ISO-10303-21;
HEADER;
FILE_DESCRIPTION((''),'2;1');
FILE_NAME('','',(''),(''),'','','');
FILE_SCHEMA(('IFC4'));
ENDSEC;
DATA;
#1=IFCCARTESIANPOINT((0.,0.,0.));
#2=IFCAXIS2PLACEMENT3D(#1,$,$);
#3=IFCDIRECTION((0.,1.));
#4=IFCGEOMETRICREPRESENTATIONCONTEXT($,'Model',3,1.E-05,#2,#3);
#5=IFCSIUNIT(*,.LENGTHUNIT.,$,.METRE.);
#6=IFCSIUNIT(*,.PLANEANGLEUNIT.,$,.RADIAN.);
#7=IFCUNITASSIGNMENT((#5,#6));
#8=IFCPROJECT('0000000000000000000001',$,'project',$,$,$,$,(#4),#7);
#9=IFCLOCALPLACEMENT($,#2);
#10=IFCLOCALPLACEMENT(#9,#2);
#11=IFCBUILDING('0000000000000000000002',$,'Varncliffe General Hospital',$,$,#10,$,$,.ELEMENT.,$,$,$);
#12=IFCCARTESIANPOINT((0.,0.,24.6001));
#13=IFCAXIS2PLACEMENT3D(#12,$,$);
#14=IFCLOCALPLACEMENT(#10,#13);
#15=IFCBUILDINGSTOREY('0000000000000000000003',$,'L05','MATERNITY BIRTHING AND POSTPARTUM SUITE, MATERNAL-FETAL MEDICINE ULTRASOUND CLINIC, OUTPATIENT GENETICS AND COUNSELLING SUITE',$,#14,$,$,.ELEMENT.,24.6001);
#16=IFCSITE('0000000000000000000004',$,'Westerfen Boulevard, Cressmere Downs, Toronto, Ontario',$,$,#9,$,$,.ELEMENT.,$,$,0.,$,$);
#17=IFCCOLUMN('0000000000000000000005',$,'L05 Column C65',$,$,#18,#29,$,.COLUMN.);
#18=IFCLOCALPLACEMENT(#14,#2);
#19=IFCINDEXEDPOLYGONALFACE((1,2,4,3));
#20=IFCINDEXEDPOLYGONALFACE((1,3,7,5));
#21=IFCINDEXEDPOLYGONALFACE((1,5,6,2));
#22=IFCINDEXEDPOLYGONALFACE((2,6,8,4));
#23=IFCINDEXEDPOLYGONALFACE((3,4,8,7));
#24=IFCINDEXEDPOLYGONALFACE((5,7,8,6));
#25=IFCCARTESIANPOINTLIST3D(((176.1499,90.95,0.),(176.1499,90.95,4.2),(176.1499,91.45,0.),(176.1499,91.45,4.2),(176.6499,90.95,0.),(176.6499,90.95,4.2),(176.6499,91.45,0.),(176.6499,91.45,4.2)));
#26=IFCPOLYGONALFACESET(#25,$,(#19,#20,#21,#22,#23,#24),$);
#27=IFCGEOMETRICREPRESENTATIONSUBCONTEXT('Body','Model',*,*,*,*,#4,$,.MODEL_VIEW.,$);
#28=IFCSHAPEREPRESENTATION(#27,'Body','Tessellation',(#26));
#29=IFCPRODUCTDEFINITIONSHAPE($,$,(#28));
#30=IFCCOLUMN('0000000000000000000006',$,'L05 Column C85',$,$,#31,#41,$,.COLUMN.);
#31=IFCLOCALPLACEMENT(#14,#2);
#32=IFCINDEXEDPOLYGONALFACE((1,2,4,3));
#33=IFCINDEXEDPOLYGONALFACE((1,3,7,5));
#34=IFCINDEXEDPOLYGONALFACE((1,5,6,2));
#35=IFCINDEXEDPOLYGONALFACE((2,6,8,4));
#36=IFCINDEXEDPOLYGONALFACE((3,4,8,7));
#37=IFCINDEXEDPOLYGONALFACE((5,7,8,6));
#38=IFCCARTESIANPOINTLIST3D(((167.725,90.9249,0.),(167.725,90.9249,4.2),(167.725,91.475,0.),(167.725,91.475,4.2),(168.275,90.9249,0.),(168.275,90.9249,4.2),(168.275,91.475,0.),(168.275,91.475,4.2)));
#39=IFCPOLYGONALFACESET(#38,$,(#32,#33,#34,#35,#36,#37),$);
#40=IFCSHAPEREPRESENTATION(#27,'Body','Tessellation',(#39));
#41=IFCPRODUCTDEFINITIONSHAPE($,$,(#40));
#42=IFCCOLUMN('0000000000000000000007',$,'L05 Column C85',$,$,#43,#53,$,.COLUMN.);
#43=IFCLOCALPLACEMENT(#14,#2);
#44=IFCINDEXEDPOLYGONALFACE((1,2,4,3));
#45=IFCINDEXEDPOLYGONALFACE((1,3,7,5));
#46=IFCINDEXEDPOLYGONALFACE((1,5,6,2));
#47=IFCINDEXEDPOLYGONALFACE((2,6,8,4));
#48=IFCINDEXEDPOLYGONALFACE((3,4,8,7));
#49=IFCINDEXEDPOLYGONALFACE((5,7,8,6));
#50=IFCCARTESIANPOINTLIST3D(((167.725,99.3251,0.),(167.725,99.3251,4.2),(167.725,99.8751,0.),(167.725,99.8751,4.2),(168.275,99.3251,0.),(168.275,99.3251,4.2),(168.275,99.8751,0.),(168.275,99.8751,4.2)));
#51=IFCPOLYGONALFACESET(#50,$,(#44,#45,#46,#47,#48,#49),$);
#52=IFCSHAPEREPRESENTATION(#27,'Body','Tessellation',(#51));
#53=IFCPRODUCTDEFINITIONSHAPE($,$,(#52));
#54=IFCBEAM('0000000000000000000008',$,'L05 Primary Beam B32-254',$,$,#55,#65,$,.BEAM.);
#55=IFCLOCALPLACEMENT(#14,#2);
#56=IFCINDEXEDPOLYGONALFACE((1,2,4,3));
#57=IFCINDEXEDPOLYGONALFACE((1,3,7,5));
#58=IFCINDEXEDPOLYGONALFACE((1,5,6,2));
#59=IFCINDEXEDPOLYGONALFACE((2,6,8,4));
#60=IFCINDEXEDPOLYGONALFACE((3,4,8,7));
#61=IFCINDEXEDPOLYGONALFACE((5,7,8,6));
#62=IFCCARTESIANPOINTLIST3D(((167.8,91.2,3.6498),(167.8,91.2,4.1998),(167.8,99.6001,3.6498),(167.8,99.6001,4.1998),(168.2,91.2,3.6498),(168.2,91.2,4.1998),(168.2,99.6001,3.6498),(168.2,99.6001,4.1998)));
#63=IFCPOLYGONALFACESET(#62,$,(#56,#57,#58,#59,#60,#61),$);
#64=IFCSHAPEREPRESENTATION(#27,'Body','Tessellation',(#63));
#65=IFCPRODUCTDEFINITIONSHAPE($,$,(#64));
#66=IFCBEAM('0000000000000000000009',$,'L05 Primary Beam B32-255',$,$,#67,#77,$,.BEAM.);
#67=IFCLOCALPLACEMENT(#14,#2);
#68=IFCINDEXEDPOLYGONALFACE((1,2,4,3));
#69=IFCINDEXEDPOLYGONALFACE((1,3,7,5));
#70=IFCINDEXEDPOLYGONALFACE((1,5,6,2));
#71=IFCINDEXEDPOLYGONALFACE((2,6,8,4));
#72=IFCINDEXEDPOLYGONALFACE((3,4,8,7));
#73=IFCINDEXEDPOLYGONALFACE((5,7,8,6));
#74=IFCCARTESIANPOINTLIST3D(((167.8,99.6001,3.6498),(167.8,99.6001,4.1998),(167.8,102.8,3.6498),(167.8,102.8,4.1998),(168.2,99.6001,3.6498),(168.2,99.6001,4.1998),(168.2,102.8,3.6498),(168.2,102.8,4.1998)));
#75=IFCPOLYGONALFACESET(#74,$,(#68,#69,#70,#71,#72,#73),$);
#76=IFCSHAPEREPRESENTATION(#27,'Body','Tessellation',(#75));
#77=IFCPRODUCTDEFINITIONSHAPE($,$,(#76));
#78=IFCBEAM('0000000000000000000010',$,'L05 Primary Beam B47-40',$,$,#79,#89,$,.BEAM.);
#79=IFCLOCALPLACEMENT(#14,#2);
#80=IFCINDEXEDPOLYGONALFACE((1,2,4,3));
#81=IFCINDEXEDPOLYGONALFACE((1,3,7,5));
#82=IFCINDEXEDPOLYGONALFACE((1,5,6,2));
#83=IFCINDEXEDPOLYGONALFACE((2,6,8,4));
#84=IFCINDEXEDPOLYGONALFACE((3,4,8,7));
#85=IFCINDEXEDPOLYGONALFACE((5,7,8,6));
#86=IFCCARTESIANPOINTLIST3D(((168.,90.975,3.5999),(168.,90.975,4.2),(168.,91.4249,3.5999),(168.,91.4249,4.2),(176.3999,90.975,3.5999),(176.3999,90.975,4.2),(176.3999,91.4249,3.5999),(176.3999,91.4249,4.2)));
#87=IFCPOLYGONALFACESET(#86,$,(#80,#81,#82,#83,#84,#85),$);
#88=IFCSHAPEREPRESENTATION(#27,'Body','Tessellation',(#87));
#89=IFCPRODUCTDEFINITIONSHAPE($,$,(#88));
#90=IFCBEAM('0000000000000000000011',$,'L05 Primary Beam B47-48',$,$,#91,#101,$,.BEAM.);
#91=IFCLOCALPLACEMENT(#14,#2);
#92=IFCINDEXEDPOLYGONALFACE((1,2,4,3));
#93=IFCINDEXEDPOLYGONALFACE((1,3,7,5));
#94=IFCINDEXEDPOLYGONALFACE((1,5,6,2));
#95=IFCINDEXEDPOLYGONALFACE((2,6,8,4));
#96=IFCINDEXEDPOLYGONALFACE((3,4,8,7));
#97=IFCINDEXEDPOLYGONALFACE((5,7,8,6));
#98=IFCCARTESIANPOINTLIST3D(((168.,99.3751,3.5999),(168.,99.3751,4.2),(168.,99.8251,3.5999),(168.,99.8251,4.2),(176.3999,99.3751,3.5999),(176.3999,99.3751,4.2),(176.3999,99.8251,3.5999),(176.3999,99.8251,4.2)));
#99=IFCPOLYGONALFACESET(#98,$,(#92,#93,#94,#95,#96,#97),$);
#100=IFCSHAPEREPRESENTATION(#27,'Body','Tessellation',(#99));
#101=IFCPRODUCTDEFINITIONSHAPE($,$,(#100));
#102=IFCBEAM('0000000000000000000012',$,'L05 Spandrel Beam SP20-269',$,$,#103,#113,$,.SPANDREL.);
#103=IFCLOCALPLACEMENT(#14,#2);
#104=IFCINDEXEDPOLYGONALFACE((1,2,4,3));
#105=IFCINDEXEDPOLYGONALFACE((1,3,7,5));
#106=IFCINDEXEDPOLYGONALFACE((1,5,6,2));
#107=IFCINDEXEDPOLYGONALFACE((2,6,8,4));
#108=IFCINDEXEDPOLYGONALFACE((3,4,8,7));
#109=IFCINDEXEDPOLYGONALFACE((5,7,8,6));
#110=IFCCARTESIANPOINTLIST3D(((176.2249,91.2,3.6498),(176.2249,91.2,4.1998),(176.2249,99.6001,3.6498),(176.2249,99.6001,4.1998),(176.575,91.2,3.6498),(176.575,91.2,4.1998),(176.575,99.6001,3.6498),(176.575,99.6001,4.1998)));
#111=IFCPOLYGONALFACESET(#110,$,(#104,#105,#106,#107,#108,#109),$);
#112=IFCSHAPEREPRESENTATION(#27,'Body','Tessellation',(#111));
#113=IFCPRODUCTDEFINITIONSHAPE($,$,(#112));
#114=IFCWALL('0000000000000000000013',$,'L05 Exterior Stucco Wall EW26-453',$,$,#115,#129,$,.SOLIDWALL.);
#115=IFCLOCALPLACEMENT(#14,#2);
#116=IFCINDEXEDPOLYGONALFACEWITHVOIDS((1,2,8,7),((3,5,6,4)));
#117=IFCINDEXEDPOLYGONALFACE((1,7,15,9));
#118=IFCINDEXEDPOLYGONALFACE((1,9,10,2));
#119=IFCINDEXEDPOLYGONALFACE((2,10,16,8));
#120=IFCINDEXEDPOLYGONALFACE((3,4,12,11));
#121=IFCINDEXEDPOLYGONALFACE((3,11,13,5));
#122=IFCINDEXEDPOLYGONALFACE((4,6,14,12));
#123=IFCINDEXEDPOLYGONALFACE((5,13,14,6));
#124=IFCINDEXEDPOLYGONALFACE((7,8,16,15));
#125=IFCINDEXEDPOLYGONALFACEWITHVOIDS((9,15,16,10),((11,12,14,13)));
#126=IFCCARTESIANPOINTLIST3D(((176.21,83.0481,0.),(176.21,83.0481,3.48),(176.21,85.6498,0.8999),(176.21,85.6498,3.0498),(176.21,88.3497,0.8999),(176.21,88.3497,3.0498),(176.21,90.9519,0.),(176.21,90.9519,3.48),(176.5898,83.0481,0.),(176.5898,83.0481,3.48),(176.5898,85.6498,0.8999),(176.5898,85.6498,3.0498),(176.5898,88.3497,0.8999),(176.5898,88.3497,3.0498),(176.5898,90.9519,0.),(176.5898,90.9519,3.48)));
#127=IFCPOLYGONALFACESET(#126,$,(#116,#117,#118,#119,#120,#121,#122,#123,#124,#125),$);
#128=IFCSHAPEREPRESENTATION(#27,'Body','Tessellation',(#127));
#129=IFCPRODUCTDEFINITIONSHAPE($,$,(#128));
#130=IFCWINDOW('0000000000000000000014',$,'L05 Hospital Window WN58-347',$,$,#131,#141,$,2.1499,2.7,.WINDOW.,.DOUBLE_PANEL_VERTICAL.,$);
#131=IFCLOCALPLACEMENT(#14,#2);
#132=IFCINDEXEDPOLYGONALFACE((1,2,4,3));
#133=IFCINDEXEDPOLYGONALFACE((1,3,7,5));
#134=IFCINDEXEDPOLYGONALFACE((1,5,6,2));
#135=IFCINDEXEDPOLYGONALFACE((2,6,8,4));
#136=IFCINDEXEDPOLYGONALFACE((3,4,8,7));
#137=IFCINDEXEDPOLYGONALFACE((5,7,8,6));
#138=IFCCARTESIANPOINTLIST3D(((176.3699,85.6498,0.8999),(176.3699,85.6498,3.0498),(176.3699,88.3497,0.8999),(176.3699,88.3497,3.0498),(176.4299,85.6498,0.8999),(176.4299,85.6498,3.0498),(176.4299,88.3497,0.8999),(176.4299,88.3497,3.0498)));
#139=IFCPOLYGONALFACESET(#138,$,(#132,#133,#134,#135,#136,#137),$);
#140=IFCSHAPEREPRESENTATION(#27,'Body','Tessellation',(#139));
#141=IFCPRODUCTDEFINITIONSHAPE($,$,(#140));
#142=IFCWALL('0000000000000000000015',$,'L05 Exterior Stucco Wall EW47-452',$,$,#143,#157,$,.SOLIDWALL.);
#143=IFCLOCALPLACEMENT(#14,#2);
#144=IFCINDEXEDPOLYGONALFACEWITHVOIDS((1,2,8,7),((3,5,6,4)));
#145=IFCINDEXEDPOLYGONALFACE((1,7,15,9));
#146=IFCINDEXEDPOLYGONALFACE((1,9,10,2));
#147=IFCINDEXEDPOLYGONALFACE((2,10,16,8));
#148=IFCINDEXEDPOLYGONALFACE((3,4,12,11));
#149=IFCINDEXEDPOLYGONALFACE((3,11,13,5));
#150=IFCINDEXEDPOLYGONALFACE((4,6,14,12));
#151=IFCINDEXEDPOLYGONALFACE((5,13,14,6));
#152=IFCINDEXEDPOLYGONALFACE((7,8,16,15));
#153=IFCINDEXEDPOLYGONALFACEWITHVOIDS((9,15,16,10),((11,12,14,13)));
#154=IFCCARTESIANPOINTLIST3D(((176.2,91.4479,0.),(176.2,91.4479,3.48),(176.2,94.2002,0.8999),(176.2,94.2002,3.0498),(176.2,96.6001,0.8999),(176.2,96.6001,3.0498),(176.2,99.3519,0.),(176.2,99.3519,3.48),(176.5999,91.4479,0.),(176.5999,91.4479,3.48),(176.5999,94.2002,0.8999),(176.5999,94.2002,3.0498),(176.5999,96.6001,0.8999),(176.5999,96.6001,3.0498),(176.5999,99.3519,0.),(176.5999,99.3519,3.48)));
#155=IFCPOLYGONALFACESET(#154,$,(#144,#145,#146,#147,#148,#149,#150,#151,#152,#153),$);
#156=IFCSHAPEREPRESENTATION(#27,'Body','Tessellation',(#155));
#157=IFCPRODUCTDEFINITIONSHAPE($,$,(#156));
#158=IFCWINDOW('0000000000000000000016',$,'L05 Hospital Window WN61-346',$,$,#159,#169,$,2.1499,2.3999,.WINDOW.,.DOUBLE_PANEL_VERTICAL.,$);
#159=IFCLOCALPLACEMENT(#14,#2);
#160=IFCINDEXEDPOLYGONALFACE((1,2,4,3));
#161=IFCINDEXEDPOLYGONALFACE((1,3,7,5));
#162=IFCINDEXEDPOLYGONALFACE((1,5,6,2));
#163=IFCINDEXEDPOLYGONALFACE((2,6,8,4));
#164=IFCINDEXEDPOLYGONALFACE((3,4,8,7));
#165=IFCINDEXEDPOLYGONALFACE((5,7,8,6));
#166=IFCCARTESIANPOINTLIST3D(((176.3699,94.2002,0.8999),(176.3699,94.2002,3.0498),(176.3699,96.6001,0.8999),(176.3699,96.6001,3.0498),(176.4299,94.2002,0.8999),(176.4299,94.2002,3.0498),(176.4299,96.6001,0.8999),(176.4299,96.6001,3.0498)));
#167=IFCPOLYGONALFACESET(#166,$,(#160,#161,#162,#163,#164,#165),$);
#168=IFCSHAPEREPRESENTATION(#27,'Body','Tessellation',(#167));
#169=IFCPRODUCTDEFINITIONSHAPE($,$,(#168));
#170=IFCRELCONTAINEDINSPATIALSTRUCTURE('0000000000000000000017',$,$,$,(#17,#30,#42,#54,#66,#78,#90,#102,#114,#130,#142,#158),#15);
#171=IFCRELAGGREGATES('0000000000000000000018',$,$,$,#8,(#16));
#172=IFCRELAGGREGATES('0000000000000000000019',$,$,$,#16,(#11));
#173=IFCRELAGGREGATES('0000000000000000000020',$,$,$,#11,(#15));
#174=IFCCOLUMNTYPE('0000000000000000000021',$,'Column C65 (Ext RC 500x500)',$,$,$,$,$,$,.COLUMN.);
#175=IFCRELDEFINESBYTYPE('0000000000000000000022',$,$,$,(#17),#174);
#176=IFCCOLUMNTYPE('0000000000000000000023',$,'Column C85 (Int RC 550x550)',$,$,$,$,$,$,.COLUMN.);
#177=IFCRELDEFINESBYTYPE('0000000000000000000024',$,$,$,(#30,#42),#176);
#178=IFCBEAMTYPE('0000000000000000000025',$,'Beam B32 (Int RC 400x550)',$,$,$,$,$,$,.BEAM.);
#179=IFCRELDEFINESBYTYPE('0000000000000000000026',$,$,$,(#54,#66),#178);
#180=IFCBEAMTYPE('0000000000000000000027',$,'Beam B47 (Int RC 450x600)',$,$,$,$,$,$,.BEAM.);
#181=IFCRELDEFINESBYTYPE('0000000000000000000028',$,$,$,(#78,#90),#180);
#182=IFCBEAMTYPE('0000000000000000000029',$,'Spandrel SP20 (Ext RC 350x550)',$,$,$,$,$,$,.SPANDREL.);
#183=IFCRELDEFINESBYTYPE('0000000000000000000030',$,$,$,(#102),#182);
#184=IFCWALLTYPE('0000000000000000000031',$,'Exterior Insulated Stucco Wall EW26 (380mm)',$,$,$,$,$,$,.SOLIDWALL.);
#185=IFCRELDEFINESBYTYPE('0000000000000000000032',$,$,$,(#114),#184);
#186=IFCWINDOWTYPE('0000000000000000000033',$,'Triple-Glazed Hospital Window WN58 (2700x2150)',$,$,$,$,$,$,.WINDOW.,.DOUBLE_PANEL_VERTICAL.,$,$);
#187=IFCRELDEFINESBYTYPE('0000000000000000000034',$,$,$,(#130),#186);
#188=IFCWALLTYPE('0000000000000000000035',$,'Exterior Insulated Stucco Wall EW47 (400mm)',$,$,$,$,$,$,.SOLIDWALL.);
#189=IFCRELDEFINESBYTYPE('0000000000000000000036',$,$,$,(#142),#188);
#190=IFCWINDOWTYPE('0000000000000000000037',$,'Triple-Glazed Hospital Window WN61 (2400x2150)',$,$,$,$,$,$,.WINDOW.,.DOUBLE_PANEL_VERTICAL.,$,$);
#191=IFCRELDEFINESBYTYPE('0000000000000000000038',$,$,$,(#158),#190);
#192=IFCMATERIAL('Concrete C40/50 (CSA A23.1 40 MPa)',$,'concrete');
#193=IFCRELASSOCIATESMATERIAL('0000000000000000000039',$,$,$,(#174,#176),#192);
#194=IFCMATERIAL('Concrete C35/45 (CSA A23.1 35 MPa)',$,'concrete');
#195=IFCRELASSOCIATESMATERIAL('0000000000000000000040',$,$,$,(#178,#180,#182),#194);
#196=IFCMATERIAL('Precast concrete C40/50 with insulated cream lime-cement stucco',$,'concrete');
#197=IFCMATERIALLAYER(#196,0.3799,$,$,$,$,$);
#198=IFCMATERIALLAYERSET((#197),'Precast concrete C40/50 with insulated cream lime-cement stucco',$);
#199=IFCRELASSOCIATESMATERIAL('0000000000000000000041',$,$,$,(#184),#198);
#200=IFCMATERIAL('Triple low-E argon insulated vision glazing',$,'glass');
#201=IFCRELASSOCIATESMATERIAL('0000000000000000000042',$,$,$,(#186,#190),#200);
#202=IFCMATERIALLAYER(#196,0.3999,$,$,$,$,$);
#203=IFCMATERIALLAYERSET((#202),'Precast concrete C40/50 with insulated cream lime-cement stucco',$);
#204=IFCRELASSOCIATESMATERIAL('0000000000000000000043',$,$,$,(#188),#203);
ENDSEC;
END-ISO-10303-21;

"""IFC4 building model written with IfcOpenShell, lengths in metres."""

from ifc_helpers import new_model, si_unit, direction, frame, frame_2d, origin, origin_2d, place, context, subcontext, project, spatial, rectangle, extrude, material, layer, layer_set, material_profile, profile_set, type_object, element, fill, save


model = new_model("IFC4")

# Units and contexts
model_context = context("Model", 3, precision=1e-05, world=origin(), true_north=direction((0.0, 1.0)))
body_context = subcontext(model_context, "Body", "Model", "MODEL_VIEW")
ifc_project = project(units=[si_unit("LENGTHUNIT", "METRE"), si_unit("PLANEANGLEUNIT", "RADIAN")], contexts=[model_context])

# Site, building, storey
site_placement = place(None, origin())
site = spatial("IfcSite", under=ifc_project, at=site_placement, Name="Westerfen Boulevard, Cressmere Downs, Toronto, Ontario", CompositionType="ELEMENT", RefElevation=0.0)
building_placement = place(site_placement, origin())
building = spatial("IfcBuilding", under=site, at=building_placement, Name="Varncliffe General Hospital", CompositionType="ELEMENT")
storey_placement = place(building_placement, frame((0.0, 0.0, 24.6001)))
storey = spatial("IfcBuildingStorey", under=building, at=storey_placement, Name="L05", Description="MATERNITY BIRTHING AND POSTPARTUM SUITE, MATERNAL-FETAL MEDICINE ULTRASOUND CLINIC, OUTPATIENT GENETICS AND COUNSELLING SUITE", CompositionType="ELEMENT", Elevation=24.6001)

# Columns
ifc_material_1 = material(Name="Concrete C40/50 (CSA A23.1 40 MPa)", Category="concrete")
ifc_material_profile_1 = material_profile(ifc_material_1, rectangle(XDim=0.5, YDim=0.5, at=origin_2d()), Name="RC 500x500")
ifc_profile_set_1 = profile_set([ifc_material_profile_1], Name="Concrete C40/50 (CSA A23.1 40 MPa)")
column_type_1 = type_object("IfcColumnType", Name="Column C65 (Ext RC 500x500)", PredefinedType="COLUMN", material=ifc_profile_set_1)
column_placement = place(storey_placement, frame((176.3999, 91.2, 0.0), z_axis=(0.0, 0.0, 1.0), x_axis=(1.0, 0.0, 0.0)))
element("IfcColumn", 1, at=column_placement, inside=storey, type_object=column_type_1, Name="L05 Column C65", PredefinedType="COLUMN", context=body_context, shape_type="SweptSolid", body=[
    extrude(rectangle(XDim=0.5, YDim=0.5, at=origin_2d()), origin(), (0.0, 0.0, 1.0), 4.2),
])
ifc_material_profile_2 = material_profile(ifc_material_1, rectangle(XDim=0.55, YDim=0.55, at=origin_2d()), Name="RC 550x550")
ifc_profile_set_2 = profile_set([ifc_material_profile_2], Name="Concrete C40/50 (CSA A23.1 40 MPa)")
column_type_2 = type_object("IfcColumnType", Name="Column C85 (Int RC 550x550)", PredefinedType="COLUMN", material=ifc_profile_set_2)
for number, where, z_axis, x_axis, name in (
    (2, (168.0, 91.2, 0.0), (0.0, 0.0, 1.0), (1.0, 0.0, 0.0), "L05 Column C85"),
    (3, (168.0, 99.6001, 0.0), (0.0, 0.0, 1.0), (1.0, 0.0, 0.0), "L05 Column C85"),
):
    element("IfcColumn", number, at=place(storey_placement, frame(where, z_axis=z_axis, x_axis=x_axis)), inside=storey, type_object=column_type_2, Name=name, PredefinedType="COLUMN", context=body_context, shape_type="SweptSolid", body=[
        extrude(rectangle(XDim=0.55, YDim=0.55, at=origin_2d()), origin(), (0.0, 0.0, 1.0), 4.2),
    ])

# Beams
ifc_material_2 = material(Name="Concrete C35/45 (CSA A23.1 35 MPa)", Category="concrete")
ifc_material_profile_3 = material_profile(ifc_material_2, rectangle(XDim=0.3999, YDim=0.55, at=origin_2d()), Name="RC 400x550")
ifc_profile_set_3 = profile_set([ifc_material_profile_3], Name="Concrete C35/45 (CSA A23.1 35 MPa)")
beam_type_1 = type_object("IfcBeamType", Name="Beam B32 (Int RC 400x550)", PredefinedType="BEAM", material=ifc_profile_set_3)
beam_1_placement = place(storey_placement, frame((168.0, 91.2, 3.9248), z_axis=(0.0, 1.0, 0.0), x_axis=(-1.0, 0.0, 0.0)))
element("IfcBeam", 4, at=beam_1_placement, inside=storey, type_object=beam_type_1, Name="L05 Primary Beam B32-254", PredefinedType="BEAM", context=body_context, shape_type="SweptSolid", body=[
    extrude(rectangle(XDim=0.3999, YDim=0.55, at=origin_2d()), origin(), (0.0, 0.0, 1.0), 8.4001),
])
beam_2_placement = place(storey_placement, frame((168.0, 99.6001, 3.9248), z_axis=(0.0, 1.0, 0.0), x_axis=(-1.0, 0.0, 0.0)))
element("IfcBeam", 5, at=beam_2_placement, inside=storey, type_object=beam_type_1, Name="L05 Primary Beam B32-255", PredefinedType="BEAM", context=body_context, shape_type="SweptSolid", body=[
    extrude(rectangle(XDim=0.3999, YDim=0.55, at=origin_2d()), origin(), (0.0, 0.0, 1.0), 3.2),
])
ifc_material_profile_4 = material_profile(ifc_material_2, rectangle(XDim=0.45, YDim=0.6001, at=origin_2d()), Name="RC 450x600")
ifc_profile_set_4 = profile_set([ifc_material_profile_4], Name="Concrete C35/45 (CSA A23.1 35 MPa)")
beam_type_2 = type_object("IfcBeamType", Name="Beam B47 (Int RC 450x600)", PredefinedType="BEAM", material=ifc_profile_set_4)
for number, where, z_axis, x_axis, name in (
    (6, (168.0, 91.2, 3.8999), (1.0, 0.0, 0.0), (0.0, 1.0, 0.0), "L05 Primary Beam B47-40"),
    (7, (168.0, 99.6001, 3.8999), (1.0, 0.0, 0.0), (0.0, 1.0, 0.0), "L05 Primary Beam B47-48"),
):
    element("IfcBeam", number, at=place(storey_placement, frame(where, z_axis=z_axis, x_axis=x_axis)), inside=storey, type_object=beam_type_2, Name=name, PredefinedType="BEAM", context=body_context, shape_type="SweptSolid", body=[
        extrude(rectangle(XDim=0.45, YDim=0.6001, at=origin_2d()), origin(), (0.0, 0.0, 1.0), 8.3999),
    ])
ifc_material_profile_5 = material_profile(ifc_material_2, rectangle(XDim=0.3501, YDim=0.55, at=origin_2d()), Name="RC 350x550")
ifc_profile_set_5 = profile_set([ifc_material_profile_5], Name="Concrete C35/45 (CSA A23.1 35 MPa)")
beam_type_3 = type_object("IfcBeamType", Name="Spandrel SP20 (Ext RC 350x550)", PredefinedType="SPANDREL", material=ifc_profile_set_5)
beam_3_placement = place(storey_placement, frame((176.3999, 91.2, 3.9248), z_axis=(0.0, 1.0, 0.0), x_axis=(-1.0, 0.0, 0.0)))
element("IfcBeam", 8, at=beam_3_placement, inside=storey, type_object=beam_type_3, Name="L05 Spandrel Beam SP20-269", PredefinedType="SPANDREL", context=body_context, shape_type="SweptSolid", body=[
    extrude(rectangle(XDim=0.3501, YDim=0.55, at=origin_2d()), origin(), (0.0, 0.0, 1.0), 8.4001),
])

# Walls, openings, windows
ifc_material_3 = material(Name="Precast concrete C40/50 with insulated cream lime-cement stucco", Category="concrete")
ifc_layer_1 = layer(ifc_material_3, 0.3799)
ifc_layer_set_1 = layer_set([ifc_layer_1], Name="Precast concrete C40/50 with insulated cream lime-cement stucco")
wall_type_1 = type_object("IfcWallType", Name="Exterior Insulated Stucco Wall EW26 (380mm)", PredefinedType="SOLIDWALL", material=ifc_layer_set_1)
wall_1_placement = place(storey_placement, frame((176.3999, 90.9519, 0.0), z_axis=(0.0, 0.0, 1.0), x_axis=(0.0, -1.0, 0.0)))
wall_1 = element("IfcWall", 9, at=wall_1_placement, inside=storey, type_object=wall_type_1, Name="L05 Exterior Stucco Wall EW26-453", PredefinedType="SOLIDWALL", context=body_context, shape_type="SweptSolid", body=[
    extrude(rectangle(XDim=7.9038, YDim=0.3799, at=frame_2d((3.9519, 0.0))), origin(), (0.0, 0.0, 1.0), 3.48),
])
opening_1_placement = place(wall_1_placement, frame((2.6021, 0.0, 0.8999)))
opening_1 = element("IfcOpeningElement", 10, at=opening_1_placement, cuts=wall_1, PredefinedType="OPENING", context=body_context, shape_type="SweptSolid", body=[
    extrude(rectangle(XDim=2.7, YDim=2.1499, at=frame_2d((1.3501, 1.075))), frame((0.0, 0.2, 0.0), z_axis=(0.0, -1.0, 0.0), x_axis=(1.0, 0.0, 0.0)), (0.0, 0.0, 1.0), 0.3999),
])
ifc_material_4 = material(Name="Triple low-E argon insulated vision glazing", Category="glass")
window_type_1 = type_object("IfcWindowType", Name="Triple-Glazed Hospital Window WN58 (2700x2150)", PartitioningType="DOUBLE_PANEL_VERTICAL", PredefinedType="WINDOW", material=ifc_material_4)
window_1_placement = place(opening_1_placement, origin())
window_1 = element("IfcWindow", 11, at=window_1_placement, inside=storey, type_object=window_type_1, Name="L05 Hospital Window WN58-347", OverallHeight=2.1499, OverallWidth=2.7, PartitioningType="DOUBLE_PANEL_VERTICAL", PredefinedType="WINDOW", context=body_context, shape_type="SweptSolid", body=[
    extrude(rectangle(XDim=2.7, YDim=2.1499, at=frame_2d((1.3501, 1.075))), frame((0.0, 0.03, 0.0), z_axis=(0.0, -1.0, 0.0), x_axis=(1.0, 0.0, 0.0)), (0.0, 0.0, 1.0), 0.0601),
])
fill(opening_1, window_1)
ifc_layer_2 = layer(ifc_material_3, 0.3999)
ifc_layer_set_2 = layer_set([ifc_layer_2], Name="Precast concrete C40/50 with insulated cream lime-cement stucco")
wall_type_2 = type_object("IfcWallType", Name="Exterior Insulated Stucco Wall EW47 (400mm)", PredefinedType="SOLIDWALL", material=ifc_layer_set_2)
wall_2_placement = place(storey_placement, frame((176.3999, 99.3521, 0.0), z_axis=(0.0, 0.0, 1.0), x_axis=(0.0, -1.0, 0.0)))
wall_2 = element("IfcWall", 12, at=wall_2_placement, inside=storey, type_object=wall_type_2, Name="L05 Exterior Stucco Wall EW47-452", PredefinedType="SOLIDWALL", context=body_context, shape_type="SweptSolid", body=[
    extrude(rectangle(XDim=7.9041, YDim=0.3999, at=frame_2d((3.9521, 0.0))), origin(), (0.0, 0.0, 1.0), 3.48),
])
opening_2_placement = place(wall_2_placement, frame((2.752, 0.0, 0.8999)))
opening_2 = element("IfcOpeningElement", 13, at=opening_2_placement, cuts=wall_2, PredefinedType="OPENING", context=body_context, shape_type="SweptSolid", body=[
    extrude(rectangle(XDim=2.3999, YDim=2.1499, at=frame_2d((1.2, 1.075))), frame((0.0, 0.21, 0.0), z_axis=(0.0, -1.0, 0.0), x_axis=(1.0, 0.0, 0.0)), (0.0, 0.0, 1.0), 0.4199),
])
window_type_2 = type_object("IfcWindowType", Name="Triple-Glazed Hospital Window WN61 (2400x2150)", PartitioningType="DOUBLE_PANEL_VERTICAL", PredefinedType="WINDOW", material=ifc_material_4)
window_2_placement = place(opening_2_placement, origin())
window_2 = element("IfcWindow", 14, at=window_2_placement, inside=storey, type_object=window_type_2, Name="L05 Hospital Window WN61-346", OverallHeight=2.1499, OverallWidth=2.3999, PartitioningType="DOUBLE_PANEL_VERTICAL", PredefinedType="WINDOW", context=body_context, shape_type="SweptSolid", body=[
    extrude(rectangle(XDim=2.3999, YDim=2.1499, at=frame_2d((1.2, 1.075))), frame((0.0, 0.03, 0.0), z_axis=(0.0, -1.0, 0.0), x_axis=(1.0, 0.0, 0.0)), (0.0, 0.0, 1.0), 0.0601),
])
fill(opening_2, window_2)

save(model, "model.ifc")
